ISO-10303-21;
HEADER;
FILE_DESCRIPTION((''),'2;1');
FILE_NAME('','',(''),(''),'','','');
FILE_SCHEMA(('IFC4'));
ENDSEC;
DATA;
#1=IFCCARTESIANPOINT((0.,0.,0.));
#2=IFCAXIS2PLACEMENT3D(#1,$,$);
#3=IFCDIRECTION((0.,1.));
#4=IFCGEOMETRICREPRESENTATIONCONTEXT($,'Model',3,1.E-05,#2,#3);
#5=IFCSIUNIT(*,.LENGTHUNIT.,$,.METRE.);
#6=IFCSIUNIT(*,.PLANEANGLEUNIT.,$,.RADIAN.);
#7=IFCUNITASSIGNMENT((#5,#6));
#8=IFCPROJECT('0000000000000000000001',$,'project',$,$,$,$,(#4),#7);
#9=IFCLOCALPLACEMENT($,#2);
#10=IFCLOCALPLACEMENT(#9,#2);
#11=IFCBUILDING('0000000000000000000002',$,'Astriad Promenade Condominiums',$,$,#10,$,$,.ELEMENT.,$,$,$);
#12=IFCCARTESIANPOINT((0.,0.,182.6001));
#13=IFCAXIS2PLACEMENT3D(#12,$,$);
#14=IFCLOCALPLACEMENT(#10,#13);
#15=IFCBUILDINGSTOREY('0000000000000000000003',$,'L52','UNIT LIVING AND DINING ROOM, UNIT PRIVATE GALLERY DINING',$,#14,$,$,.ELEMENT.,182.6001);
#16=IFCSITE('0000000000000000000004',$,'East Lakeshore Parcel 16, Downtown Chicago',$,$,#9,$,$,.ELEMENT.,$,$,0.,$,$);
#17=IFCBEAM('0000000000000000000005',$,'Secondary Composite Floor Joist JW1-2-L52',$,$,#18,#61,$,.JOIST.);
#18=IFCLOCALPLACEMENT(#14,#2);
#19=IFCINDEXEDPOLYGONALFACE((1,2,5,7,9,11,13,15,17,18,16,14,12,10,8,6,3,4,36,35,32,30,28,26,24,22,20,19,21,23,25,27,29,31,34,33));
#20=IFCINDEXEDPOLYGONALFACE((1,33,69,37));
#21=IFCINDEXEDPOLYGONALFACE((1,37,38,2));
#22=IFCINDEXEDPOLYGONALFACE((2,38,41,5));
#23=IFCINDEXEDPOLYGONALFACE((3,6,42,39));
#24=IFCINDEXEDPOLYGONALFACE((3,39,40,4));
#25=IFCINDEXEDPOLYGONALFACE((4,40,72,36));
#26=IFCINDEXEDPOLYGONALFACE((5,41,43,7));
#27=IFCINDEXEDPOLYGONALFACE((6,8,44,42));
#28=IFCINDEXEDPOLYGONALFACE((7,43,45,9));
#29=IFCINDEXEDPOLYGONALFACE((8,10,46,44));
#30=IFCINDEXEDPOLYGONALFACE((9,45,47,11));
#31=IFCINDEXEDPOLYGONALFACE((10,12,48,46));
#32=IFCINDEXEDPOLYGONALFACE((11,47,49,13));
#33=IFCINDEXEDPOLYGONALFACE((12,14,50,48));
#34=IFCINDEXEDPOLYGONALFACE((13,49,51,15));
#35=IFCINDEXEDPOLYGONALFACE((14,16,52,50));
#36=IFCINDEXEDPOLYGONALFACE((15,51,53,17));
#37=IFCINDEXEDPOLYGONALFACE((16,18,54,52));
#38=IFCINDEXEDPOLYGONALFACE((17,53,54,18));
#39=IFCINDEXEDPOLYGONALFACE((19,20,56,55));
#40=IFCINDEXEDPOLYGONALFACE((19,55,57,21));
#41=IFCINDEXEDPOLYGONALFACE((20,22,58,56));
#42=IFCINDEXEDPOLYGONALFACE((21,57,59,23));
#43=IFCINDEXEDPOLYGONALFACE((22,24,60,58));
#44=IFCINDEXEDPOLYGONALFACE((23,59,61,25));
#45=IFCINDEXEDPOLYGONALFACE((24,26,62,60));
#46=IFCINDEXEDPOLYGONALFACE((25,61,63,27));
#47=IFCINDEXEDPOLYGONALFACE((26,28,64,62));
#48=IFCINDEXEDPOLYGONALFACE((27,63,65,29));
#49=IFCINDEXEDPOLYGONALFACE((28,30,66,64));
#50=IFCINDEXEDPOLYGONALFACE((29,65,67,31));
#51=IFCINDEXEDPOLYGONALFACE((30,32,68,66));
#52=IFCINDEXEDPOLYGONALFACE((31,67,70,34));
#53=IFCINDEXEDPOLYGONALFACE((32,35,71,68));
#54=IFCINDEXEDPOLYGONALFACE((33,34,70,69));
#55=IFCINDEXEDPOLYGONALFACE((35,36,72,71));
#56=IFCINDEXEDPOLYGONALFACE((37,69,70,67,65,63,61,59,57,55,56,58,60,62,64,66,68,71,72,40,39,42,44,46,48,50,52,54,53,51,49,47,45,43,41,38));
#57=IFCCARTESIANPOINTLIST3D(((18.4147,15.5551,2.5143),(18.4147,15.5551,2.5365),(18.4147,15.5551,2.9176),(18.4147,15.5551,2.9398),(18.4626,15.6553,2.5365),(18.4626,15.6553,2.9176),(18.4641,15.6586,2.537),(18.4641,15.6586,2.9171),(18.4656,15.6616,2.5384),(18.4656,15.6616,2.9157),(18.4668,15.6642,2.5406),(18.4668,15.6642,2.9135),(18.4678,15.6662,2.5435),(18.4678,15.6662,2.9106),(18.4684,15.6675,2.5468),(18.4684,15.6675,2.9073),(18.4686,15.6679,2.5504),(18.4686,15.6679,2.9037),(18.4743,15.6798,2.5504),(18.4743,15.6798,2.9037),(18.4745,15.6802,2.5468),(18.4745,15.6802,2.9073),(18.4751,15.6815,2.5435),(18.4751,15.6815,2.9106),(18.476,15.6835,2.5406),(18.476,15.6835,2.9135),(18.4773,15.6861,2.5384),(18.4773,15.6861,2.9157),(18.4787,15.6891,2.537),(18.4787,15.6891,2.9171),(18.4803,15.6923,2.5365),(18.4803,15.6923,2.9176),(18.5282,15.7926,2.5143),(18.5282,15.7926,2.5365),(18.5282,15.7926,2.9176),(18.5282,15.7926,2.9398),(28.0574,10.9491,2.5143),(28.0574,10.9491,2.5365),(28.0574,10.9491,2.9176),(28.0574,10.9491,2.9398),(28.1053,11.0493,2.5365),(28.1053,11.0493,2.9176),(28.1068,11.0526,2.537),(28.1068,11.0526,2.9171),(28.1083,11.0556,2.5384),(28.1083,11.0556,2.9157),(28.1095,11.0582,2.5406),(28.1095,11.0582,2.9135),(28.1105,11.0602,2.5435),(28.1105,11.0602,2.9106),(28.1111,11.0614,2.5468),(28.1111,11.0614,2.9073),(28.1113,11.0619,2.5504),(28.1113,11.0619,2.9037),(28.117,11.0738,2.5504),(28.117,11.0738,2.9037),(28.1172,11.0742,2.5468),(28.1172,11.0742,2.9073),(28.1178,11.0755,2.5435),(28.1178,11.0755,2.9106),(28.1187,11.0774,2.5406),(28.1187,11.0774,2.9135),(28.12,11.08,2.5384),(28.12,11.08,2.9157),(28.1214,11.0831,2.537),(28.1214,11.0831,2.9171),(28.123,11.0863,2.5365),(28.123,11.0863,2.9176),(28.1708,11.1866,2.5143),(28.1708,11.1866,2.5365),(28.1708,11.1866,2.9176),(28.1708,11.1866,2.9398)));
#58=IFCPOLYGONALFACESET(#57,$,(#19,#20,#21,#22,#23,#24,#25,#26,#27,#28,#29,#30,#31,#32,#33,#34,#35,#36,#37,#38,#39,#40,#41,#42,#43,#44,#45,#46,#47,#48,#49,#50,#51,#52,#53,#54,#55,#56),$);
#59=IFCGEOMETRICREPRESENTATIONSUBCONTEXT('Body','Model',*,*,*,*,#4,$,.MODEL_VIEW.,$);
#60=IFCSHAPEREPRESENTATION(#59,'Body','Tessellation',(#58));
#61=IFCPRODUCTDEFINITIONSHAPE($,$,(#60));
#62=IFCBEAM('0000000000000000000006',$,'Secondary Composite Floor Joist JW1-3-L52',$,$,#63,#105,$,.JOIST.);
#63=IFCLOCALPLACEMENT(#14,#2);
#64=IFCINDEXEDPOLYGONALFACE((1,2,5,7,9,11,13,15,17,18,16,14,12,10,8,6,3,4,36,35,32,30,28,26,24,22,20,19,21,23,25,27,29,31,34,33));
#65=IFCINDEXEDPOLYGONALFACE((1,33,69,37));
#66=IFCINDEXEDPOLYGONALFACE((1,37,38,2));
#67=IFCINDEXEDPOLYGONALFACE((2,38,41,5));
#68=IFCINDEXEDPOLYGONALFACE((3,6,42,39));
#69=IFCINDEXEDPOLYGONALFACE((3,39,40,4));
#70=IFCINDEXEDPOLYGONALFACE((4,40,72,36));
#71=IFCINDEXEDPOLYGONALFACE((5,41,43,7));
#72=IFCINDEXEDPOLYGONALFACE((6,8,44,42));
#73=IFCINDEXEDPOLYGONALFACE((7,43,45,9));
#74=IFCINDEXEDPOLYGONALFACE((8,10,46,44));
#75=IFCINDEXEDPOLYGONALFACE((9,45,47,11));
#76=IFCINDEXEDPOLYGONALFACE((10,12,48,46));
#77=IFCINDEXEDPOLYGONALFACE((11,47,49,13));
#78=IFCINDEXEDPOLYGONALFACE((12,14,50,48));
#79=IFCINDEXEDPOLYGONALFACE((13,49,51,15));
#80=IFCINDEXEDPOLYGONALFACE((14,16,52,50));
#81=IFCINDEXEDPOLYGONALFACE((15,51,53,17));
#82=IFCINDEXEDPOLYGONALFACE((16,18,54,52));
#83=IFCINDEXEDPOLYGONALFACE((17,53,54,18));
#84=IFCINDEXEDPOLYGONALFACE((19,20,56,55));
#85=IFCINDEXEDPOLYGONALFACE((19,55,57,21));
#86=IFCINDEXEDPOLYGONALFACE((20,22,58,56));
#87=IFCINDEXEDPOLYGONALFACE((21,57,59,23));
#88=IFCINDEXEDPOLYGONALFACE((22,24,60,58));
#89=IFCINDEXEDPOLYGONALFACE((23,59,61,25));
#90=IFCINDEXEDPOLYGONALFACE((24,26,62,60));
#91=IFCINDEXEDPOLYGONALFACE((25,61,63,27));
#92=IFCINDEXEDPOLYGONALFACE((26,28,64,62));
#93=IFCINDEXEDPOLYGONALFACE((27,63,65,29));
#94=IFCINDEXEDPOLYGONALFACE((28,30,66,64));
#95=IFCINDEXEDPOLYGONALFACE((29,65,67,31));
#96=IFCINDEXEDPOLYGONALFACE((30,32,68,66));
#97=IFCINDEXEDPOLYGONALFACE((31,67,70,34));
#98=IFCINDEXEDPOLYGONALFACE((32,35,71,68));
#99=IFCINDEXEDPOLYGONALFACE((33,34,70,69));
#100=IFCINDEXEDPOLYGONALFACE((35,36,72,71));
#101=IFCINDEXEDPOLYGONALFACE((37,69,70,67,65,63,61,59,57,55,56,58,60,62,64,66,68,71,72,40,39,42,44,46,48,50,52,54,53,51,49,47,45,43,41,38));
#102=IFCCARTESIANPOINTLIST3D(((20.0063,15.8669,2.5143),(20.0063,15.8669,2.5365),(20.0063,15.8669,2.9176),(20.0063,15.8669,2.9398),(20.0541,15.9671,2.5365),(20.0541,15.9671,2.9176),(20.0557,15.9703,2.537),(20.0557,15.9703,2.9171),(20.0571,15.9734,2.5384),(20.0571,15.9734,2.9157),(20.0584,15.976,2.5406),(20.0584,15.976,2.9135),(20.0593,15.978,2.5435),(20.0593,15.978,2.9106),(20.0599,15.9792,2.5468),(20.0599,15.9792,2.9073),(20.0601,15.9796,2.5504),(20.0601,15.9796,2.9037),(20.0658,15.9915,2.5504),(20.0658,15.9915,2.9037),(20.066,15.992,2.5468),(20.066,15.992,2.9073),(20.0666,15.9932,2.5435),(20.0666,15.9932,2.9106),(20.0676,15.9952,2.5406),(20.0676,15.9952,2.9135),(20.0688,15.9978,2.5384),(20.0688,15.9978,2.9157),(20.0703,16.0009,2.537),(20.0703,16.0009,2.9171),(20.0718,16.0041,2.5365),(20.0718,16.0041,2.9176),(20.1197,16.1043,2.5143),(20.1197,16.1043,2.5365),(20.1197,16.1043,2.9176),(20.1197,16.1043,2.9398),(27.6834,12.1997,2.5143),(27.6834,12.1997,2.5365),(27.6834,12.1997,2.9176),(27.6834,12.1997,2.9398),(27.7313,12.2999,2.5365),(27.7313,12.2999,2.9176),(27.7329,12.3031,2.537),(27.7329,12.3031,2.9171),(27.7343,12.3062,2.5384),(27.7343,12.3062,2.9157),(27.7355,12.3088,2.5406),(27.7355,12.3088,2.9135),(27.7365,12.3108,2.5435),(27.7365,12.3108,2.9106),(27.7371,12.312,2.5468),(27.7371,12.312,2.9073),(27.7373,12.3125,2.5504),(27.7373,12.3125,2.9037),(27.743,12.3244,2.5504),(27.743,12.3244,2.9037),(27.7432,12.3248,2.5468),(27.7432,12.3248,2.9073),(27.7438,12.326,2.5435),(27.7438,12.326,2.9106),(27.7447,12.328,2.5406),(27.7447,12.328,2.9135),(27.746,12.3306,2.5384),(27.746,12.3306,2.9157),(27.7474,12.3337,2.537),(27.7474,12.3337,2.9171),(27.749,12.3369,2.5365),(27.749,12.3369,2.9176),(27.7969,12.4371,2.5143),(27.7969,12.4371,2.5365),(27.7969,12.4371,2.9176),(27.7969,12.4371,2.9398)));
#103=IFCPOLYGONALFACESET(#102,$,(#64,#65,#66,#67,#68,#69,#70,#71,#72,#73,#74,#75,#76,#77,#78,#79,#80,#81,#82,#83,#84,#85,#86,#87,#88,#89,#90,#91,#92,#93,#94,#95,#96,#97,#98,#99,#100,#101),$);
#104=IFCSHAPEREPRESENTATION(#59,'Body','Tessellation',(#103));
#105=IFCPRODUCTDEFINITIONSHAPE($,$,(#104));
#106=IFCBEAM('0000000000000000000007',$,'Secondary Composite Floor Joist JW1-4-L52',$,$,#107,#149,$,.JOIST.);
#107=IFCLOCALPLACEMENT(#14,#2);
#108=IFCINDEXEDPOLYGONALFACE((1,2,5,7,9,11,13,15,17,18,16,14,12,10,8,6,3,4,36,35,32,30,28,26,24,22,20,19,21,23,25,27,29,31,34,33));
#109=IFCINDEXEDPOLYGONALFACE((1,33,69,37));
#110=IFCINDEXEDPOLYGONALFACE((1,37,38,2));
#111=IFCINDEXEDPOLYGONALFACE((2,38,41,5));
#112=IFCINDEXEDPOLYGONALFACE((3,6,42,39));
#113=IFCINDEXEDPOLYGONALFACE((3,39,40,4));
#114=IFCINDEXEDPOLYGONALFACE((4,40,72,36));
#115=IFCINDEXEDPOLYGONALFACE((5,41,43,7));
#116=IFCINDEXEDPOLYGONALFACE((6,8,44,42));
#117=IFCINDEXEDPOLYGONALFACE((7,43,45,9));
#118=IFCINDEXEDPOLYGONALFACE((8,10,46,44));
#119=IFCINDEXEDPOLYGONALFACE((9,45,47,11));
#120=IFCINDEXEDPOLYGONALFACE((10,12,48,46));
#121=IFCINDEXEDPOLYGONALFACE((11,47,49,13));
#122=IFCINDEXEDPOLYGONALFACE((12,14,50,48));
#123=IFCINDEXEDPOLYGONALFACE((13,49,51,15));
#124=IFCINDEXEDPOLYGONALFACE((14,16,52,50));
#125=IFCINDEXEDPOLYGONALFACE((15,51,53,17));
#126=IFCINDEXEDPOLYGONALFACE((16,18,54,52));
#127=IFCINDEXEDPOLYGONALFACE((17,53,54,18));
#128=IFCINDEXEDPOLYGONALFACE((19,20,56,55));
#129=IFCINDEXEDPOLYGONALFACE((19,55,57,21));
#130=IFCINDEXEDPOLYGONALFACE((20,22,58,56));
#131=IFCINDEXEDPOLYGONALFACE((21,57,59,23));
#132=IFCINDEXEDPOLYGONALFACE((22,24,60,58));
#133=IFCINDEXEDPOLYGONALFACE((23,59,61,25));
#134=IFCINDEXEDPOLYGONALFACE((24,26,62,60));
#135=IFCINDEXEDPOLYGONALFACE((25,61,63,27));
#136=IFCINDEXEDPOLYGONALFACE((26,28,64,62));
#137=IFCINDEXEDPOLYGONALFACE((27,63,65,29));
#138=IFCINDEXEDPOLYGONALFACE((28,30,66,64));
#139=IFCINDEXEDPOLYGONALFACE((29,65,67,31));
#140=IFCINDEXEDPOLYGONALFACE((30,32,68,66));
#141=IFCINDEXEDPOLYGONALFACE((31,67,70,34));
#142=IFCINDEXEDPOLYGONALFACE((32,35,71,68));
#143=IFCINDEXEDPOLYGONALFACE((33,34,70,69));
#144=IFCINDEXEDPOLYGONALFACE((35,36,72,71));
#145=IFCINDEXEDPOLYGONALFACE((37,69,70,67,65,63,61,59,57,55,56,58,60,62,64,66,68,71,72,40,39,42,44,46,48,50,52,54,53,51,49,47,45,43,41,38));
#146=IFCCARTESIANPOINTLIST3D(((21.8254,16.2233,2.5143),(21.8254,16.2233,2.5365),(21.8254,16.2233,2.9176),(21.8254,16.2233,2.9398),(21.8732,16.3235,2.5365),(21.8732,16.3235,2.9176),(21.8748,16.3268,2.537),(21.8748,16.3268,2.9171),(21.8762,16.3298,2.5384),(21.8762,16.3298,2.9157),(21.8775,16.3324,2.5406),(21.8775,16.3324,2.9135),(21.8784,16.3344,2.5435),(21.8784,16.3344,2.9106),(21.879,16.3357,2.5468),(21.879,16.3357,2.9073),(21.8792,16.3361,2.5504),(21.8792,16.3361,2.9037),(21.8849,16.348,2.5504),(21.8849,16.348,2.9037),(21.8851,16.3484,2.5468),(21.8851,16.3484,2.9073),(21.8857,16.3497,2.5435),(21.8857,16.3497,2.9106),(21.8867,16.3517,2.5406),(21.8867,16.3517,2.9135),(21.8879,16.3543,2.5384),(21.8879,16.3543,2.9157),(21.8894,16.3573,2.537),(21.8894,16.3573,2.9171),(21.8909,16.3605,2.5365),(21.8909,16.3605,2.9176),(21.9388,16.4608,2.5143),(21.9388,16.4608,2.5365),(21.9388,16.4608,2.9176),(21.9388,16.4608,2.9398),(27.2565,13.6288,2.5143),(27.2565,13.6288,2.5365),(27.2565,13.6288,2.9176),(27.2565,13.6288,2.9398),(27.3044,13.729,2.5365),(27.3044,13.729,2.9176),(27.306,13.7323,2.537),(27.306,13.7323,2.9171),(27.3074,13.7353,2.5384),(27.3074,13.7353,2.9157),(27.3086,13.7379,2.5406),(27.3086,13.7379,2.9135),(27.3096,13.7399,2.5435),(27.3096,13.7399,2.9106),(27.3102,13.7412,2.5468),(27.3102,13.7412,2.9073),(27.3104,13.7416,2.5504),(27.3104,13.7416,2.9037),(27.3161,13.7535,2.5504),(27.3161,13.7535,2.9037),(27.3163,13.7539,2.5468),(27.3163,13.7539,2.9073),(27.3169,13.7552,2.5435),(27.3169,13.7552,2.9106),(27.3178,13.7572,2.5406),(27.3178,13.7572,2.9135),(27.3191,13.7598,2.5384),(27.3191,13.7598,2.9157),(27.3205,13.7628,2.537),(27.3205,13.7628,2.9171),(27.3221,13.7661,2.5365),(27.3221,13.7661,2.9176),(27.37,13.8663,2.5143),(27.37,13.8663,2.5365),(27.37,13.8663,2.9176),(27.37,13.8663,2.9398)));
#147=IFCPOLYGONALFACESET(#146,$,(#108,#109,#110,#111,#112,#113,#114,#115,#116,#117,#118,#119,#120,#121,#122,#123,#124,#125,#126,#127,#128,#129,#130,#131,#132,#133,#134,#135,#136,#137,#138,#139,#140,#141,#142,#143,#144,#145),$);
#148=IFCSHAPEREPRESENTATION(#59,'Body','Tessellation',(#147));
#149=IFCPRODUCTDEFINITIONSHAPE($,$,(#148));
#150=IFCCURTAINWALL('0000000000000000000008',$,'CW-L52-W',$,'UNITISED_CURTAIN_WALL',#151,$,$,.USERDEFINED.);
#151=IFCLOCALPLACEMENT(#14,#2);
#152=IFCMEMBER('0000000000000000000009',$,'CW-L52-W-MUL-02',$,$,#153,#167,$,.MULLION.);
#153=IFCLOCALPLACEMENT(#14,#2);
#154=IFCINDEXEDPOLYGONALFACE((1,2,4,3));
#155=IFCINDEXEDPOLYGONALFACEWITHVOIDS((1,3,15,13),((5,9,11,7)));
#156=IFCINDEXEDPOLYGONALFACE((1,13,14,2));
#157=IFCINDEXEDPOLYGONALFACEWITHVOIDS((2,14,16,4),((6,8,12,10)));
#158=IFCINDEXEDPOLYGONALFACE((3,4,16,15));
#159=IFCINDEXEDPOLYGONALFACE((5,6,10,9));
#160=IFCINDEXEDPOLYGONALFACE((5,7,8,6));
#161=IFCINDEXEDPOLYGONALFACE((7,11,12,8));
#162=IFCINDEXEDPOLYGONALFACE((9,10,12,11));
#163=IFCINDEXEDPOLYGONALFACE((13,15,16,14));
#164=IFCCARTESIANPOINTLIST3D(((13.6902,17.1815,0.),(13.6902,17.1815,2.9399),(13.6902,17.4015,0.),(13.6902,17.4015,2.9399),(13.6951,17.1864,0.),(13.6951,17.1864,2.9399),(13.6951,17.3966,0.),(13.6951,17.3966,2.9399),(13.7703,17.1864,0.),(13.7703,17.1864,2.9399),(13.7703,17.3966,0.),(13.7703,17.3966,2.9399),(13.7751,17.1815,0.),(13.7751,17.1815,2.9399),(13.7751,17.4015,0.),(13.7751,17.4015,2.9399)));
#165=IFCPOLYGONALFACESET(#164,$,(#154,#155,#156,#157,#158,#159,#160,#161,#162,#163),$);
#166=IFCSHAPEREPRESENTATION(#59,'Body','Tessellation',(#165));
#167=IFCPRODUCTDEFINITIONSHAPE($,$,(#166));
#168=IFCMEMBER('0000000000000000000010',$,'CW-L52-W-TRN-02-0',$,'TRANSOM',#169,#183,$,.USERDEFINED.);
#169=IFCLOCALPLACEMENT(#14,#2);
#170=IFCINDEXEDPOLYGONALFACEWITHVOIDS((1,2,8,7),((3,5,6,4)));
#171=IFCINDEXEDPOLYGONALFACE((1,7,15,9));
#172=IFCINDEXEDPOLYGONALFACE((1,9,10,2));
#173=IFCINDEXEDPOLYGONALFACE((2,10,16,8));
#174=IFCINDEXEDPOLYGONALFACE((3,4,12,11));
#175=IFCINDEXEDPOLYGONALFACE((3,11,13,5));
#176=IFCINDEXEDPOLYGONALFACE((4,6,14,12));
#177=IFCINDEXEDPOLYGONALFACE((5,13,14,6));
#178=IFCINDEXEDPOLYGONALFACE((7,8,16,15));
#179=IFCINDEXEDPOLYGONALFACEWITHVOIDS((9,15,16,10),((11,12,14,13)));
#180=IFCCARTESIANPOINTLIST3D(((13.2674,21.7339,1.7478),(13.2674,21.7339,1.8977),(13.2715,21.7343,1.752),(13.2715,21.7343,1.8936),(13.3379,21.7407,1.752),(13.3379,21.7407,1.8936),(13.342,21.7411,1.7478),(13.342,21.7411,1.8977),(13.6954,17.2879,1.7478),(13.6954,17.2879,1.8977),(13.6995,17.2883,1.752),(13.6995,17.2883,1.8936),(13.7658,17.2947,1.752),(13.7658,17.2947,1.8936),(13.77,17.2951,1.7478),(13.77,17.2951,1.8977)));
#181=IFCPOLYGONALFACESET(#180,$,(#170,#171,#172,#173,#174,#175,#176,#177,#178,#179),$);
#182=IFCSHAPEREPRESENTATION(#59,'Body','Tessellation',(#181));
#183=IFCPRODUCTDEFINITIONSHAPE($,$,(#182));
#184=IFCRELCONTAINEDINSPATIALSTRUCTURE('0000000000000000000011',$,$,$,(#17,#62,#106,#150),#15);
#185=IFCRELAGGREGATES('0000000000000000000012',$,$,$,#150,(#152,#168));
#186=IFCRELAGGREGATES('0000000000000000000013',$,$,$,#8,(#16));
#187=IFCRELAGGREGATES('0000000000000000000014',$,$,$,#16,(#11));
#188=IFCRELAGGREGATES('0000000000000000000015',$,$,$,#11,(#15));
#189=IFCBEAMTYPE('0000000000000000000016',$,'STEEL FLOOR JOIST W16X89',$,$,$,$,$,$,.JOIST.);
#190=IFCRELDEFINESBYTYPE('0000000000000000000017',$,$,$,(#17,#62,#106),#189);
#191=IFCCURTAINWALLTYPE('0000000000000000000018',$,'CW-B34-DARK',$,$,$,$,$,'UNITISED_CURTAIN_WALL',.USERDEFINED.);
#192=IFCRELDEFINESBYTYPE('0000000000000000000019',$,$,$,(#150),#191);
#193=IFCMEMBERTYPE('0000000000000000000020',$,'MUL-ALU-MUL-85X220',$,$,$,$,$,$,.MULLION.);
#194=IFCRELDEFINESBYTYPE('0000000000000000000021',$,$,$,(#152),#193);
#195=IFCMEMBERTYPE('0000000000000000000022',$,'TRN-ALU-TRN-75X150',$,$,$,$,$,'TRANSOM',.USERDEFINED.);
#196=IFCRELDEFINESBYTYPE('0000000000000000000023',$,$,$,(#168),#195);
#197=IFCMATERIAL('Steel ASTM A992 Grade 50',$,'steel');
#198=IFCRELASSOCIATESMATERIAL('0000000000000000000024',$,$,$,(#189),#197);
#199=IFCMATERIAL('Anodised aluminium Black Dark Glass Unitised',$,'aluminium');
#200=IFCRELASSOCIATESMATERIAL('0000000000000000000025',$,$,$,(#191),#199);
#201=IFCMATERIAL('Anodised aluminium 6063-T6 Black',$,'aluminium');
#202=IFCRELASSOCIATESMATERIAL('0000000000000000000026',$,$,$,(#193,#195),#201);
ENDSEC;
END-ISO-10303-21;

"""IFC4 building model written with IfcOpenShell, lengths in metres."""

from ifc_helpers import new_model, si_unit, direction, frame, origin, origin_2d, place, context, subcontext, project, spatial, hollow_rectangle, i_section, extrude, source, transform, mapped, material, material_profile, profile_set, type_object, type_shapes, element, aggregate, save


model = new_model("IFC4")

# Units and contexts
model_context = context("Model", 3, precision=1e-05, world=origin(), true_north=direction((0.0, 1.0)))
body_context = subcontext(model_context, "Body", "Model", "MODEL_VIEW")
ifc_project = project(units=[si_unit("LENGTHUNIT", "METRE"), si_unit("PLANEANGLEUNIT", "RADIAN")], contexts=[model_context])

# Site, building, storey
site_placement = place(None, origin())
site = spatial("IfcSite", under=ifc_project, at=site_placement, Name="East Lakeshore Parcel 16, Downtown Chicago", CompositionType="ELEMENT", RefElevation=0.0)
building_placement = place(site_placement, origin())
building = spatial("IfcBuilding", under=site, at=building_placement, Name="Astriad Promenade Condominiums", CompositionType="ELEMENT")
storey_placement = place(building_placement, frame((0.0, 0.0, 182.6001)))
storey = spatial("IfcBuildingStorey", under=building, at=storey_placement, Name="L52", Description="UNIT LIVING AND DINING ROOM, UNIT PRIVATE GALLERY DINING", CompositionType="ELEMENT", Elevation=182.6001)

# Beams
ifc_material_1 = material(Name="Steel ASTM A992 Grade 50", Category="steel")
ifc_material_profile_1 = material_profile(ifc_material_1, i_section(OverallWidth=0.2632, OverallDepth=0.4255, WebThickness=0.0132, FlangeThickness=0.0222, FilletRadius=0.0139, at=origin_2d()), Name="W16X89")
ifc_profile_set_1 = profile_set([ifc_material_profile_1], Name="Steel ASTM A992 Grade 50")
beam_type_1 = type_object("IfcBeamType", Name="STEEL FLOOR JOIST W16X89", PredefinedType="JOIST", material=ifc_profile_set_1)
shared_shape_1 = source(origin(), body_context, "Body", "SweptSolid", [
    extrude(i_section(OverallWidth=0.2632, OverallDepth=0.4255, WebThickness=0.0132, FlangeThickness=0.0222, FilletRadius=0.0139, at=origin_2d()), origin(), (0.0, 0.0, 1.0), 10.6863),
])
beam_1_placement = place(storey_placement, frame((18.4714, 15.6738, 2.7271), z_axis=(0.902342, -0.431021, 0.0), x_axis=(0.431021, 0.902342, 0.0)))
element("IfcBeam", 1, at=beam_1_placement, inside=storey, type_object=beam_type_1, Name="Secondary Composite Floor Joist JW1-2-L52", PredefinedType="JOIST", context=body_context, shape_type="MappedRepresentation", body=[
    mapped(shared_shape_1, transform((0.0, 0.0, 0.0), scale=1.0)),
])
shared_shape_2 = source(origin(), body_context, "Body", "SweptSolid", [
    extrude(i_section(OverallWidth=0.2632, OverallDepth=0.4255, WebThickness=0.0132, FlangeThickness=0.0222, FilletRadius=0.0139, at=origin_2d()), origin(), (0.0, 0.0, 1.0), 8.5081),
])
beam_2_placement = place(storey_placement, frame((20.063, 15.9856, 2.7271), z_axis=(0.90234, -0.431026, 0.0), x_axis=(0.431026, 0.90234, 0.0)))
element("IfcBeam", 2, at=beam_2_placement, inside=storey, type_object=beam_type_1, Name="Secondary Composite Floor Joist JW1-3-L52", PredefinedType="JOIST", context=body_context, shape_type="MappedRepresentation", body=[
    mapped(shared_shape_2, transform((0.0, 0.0, 0.0), scale=1.0)),
])
shared_shape_3 = source(origin(), body_context, "Body", "SweptSolid", [
    extrude(i_section(OverallWidth=0.2632, OverallDepth=0.4255, WebThickness=0.0132, FlangeThickness=0.0222, FilletRadius=0.0139, at=origin_2d()), origin(), (0.0, 0.0, 1.0), 6.019),
])
beam_3_placement = place(storey_placement, frame((21.8821, 16.342, 2.7271), z_axis=(0.90233, -0.431046, 0.0), x_axis=(0.431046, 0.90233, 0.0)))
element("IfcBeam", 3, at=beam_3_placement, inside=storey, type_object=beam_type_1, Name="Secondary Composite Floor Joist JW1-4-L52", PredefinedType="JOIST", context=body_context, shape_type="MappedRepresentation", body=[
    mapped(shared_shape_3, transform((0.0, 0.0, 0.0), scale=1.0)),
])

# Curtain wall, members
ifc_material_2 = material(Name="Anodised aluminium Black Dark Glass Unitised", Category="aluminium")
curtain_wall_type = type_object("IfcCurtainWallType", Name="CW-B34-DARK", ElementType="UNITISED_CURTAIN_WALL", PredefinedType="USERDEFINED", material=ifc_material_2)
curtain_wall_placement = place(storey_placement, origin())
curtain_wall = element("IfcCurtainWall", 4, at=curtain_wall_placement, inside=storey, type_object=curtain_wall_type, Name="CW-L52-W", ObjectType="UNITISED_CURTAIN_WALL", PredefinedType="USERDEFINED")
ifc_material_3 = material(Name="Anodised aluminium 6063-T6 Black", Category="aluminium")
ifc_material_profile_2 = material_profile(ifc_material_3, hollow_rectangle(XDim=0.085, YDim=0.22, WallThickness=0.0049, at=origin_2d()), Name="ALU-MUL-85X220")
ifc_profile_set_2 = profile_set([ifc_material_profile_2], Name="Anodised aluminium 6063-T6 Black")
member_type_1 = type_object("IfcMemberType", Name="MUL-ALU-MUL-85X220", PredefinedType="MULLION", material=ifc_profile_set_2)
shared_shape_4 = source(origin(), body_context, "Body", "SweptSolid", [
    extrude(hollow_rectangle(XDim=0.085, YDim=0.22, WallThickness=0.0049, at=origin_2d()), origin(), (0.0, 0.0, 1.0), 2.9399),
])
type_shapes(member_type_1, [shared_shape_4])
member_1_placement = place(storey_placement, frame((13.7327, 17.2915, 0.0), z_axis=(0.0, 0.0, 1.0), x_axis=(1.0, 0.0, 0.0)))
member_1 = element("IfcMember", 5, at=member_1_placement, type_object=member_type_1, Name="CW-L52-W-MUL-02", PredefinedType="MULLION", context=body_context, shape_type="MappedRepresentation", body=[
    mapped(shared_shape_4, transform((0.0, 0.0, 0.0), scale=1.0)),
])
ifc_material_profile_3 = material_profile(ifc_material_3, hollow_rectangle(XDim=0.075, YDim=0.1499, WallThickness=0.0042, at=origin_2d()), Name="ALU-TRN-75X150")
ifc_profile_set_3 = profile_set([ifc_material_profile_3], Name="Anodised aluminium 6063-T6 Black")
member_type_2 = type_object("IfcMemberType", Name="TRN-ALU-TRN-75X150", ElementType="TRANSOM", PredefinedType="USERDEFINED", material=ifc_profile_set_3)
shared_shape_5 = source(origin(), body_context, "Body", "SweptSolid", [
    extrude(hollow_rectangle(XDim=0.075, YDim=0.1499, WallThickness=0.0042, at=origin_2d()), origin(), (0.0, 0.0, 1.0), 4.4666),
])
type_shapes(member_type_2, [shared_shape_5])
member_2_placement = place(storey_placement, frame((13.7327, 17.2915, 1.8228), z_axis=(-0.095818, 0.995399, 0.0), x_axis=(-0.995399, -0.095818, 0.0)))
member_2 = element("IfcMember", 6, at=member_2_placement, type_object=member_type_2, Name="CW-L52-W-TRN-02-0", ObjectType="TRANSOM", PredefinedType="USERDEFINED", context=body_context, shape_type="MappedRepresentation", body=[
    mapped(shared_shape_5, transform((0.0, 0.0, 0.0), scale=1.0)),
])
aggregate(curtain_wall, [member_1, member_2])

save(model, "model.ifc")
